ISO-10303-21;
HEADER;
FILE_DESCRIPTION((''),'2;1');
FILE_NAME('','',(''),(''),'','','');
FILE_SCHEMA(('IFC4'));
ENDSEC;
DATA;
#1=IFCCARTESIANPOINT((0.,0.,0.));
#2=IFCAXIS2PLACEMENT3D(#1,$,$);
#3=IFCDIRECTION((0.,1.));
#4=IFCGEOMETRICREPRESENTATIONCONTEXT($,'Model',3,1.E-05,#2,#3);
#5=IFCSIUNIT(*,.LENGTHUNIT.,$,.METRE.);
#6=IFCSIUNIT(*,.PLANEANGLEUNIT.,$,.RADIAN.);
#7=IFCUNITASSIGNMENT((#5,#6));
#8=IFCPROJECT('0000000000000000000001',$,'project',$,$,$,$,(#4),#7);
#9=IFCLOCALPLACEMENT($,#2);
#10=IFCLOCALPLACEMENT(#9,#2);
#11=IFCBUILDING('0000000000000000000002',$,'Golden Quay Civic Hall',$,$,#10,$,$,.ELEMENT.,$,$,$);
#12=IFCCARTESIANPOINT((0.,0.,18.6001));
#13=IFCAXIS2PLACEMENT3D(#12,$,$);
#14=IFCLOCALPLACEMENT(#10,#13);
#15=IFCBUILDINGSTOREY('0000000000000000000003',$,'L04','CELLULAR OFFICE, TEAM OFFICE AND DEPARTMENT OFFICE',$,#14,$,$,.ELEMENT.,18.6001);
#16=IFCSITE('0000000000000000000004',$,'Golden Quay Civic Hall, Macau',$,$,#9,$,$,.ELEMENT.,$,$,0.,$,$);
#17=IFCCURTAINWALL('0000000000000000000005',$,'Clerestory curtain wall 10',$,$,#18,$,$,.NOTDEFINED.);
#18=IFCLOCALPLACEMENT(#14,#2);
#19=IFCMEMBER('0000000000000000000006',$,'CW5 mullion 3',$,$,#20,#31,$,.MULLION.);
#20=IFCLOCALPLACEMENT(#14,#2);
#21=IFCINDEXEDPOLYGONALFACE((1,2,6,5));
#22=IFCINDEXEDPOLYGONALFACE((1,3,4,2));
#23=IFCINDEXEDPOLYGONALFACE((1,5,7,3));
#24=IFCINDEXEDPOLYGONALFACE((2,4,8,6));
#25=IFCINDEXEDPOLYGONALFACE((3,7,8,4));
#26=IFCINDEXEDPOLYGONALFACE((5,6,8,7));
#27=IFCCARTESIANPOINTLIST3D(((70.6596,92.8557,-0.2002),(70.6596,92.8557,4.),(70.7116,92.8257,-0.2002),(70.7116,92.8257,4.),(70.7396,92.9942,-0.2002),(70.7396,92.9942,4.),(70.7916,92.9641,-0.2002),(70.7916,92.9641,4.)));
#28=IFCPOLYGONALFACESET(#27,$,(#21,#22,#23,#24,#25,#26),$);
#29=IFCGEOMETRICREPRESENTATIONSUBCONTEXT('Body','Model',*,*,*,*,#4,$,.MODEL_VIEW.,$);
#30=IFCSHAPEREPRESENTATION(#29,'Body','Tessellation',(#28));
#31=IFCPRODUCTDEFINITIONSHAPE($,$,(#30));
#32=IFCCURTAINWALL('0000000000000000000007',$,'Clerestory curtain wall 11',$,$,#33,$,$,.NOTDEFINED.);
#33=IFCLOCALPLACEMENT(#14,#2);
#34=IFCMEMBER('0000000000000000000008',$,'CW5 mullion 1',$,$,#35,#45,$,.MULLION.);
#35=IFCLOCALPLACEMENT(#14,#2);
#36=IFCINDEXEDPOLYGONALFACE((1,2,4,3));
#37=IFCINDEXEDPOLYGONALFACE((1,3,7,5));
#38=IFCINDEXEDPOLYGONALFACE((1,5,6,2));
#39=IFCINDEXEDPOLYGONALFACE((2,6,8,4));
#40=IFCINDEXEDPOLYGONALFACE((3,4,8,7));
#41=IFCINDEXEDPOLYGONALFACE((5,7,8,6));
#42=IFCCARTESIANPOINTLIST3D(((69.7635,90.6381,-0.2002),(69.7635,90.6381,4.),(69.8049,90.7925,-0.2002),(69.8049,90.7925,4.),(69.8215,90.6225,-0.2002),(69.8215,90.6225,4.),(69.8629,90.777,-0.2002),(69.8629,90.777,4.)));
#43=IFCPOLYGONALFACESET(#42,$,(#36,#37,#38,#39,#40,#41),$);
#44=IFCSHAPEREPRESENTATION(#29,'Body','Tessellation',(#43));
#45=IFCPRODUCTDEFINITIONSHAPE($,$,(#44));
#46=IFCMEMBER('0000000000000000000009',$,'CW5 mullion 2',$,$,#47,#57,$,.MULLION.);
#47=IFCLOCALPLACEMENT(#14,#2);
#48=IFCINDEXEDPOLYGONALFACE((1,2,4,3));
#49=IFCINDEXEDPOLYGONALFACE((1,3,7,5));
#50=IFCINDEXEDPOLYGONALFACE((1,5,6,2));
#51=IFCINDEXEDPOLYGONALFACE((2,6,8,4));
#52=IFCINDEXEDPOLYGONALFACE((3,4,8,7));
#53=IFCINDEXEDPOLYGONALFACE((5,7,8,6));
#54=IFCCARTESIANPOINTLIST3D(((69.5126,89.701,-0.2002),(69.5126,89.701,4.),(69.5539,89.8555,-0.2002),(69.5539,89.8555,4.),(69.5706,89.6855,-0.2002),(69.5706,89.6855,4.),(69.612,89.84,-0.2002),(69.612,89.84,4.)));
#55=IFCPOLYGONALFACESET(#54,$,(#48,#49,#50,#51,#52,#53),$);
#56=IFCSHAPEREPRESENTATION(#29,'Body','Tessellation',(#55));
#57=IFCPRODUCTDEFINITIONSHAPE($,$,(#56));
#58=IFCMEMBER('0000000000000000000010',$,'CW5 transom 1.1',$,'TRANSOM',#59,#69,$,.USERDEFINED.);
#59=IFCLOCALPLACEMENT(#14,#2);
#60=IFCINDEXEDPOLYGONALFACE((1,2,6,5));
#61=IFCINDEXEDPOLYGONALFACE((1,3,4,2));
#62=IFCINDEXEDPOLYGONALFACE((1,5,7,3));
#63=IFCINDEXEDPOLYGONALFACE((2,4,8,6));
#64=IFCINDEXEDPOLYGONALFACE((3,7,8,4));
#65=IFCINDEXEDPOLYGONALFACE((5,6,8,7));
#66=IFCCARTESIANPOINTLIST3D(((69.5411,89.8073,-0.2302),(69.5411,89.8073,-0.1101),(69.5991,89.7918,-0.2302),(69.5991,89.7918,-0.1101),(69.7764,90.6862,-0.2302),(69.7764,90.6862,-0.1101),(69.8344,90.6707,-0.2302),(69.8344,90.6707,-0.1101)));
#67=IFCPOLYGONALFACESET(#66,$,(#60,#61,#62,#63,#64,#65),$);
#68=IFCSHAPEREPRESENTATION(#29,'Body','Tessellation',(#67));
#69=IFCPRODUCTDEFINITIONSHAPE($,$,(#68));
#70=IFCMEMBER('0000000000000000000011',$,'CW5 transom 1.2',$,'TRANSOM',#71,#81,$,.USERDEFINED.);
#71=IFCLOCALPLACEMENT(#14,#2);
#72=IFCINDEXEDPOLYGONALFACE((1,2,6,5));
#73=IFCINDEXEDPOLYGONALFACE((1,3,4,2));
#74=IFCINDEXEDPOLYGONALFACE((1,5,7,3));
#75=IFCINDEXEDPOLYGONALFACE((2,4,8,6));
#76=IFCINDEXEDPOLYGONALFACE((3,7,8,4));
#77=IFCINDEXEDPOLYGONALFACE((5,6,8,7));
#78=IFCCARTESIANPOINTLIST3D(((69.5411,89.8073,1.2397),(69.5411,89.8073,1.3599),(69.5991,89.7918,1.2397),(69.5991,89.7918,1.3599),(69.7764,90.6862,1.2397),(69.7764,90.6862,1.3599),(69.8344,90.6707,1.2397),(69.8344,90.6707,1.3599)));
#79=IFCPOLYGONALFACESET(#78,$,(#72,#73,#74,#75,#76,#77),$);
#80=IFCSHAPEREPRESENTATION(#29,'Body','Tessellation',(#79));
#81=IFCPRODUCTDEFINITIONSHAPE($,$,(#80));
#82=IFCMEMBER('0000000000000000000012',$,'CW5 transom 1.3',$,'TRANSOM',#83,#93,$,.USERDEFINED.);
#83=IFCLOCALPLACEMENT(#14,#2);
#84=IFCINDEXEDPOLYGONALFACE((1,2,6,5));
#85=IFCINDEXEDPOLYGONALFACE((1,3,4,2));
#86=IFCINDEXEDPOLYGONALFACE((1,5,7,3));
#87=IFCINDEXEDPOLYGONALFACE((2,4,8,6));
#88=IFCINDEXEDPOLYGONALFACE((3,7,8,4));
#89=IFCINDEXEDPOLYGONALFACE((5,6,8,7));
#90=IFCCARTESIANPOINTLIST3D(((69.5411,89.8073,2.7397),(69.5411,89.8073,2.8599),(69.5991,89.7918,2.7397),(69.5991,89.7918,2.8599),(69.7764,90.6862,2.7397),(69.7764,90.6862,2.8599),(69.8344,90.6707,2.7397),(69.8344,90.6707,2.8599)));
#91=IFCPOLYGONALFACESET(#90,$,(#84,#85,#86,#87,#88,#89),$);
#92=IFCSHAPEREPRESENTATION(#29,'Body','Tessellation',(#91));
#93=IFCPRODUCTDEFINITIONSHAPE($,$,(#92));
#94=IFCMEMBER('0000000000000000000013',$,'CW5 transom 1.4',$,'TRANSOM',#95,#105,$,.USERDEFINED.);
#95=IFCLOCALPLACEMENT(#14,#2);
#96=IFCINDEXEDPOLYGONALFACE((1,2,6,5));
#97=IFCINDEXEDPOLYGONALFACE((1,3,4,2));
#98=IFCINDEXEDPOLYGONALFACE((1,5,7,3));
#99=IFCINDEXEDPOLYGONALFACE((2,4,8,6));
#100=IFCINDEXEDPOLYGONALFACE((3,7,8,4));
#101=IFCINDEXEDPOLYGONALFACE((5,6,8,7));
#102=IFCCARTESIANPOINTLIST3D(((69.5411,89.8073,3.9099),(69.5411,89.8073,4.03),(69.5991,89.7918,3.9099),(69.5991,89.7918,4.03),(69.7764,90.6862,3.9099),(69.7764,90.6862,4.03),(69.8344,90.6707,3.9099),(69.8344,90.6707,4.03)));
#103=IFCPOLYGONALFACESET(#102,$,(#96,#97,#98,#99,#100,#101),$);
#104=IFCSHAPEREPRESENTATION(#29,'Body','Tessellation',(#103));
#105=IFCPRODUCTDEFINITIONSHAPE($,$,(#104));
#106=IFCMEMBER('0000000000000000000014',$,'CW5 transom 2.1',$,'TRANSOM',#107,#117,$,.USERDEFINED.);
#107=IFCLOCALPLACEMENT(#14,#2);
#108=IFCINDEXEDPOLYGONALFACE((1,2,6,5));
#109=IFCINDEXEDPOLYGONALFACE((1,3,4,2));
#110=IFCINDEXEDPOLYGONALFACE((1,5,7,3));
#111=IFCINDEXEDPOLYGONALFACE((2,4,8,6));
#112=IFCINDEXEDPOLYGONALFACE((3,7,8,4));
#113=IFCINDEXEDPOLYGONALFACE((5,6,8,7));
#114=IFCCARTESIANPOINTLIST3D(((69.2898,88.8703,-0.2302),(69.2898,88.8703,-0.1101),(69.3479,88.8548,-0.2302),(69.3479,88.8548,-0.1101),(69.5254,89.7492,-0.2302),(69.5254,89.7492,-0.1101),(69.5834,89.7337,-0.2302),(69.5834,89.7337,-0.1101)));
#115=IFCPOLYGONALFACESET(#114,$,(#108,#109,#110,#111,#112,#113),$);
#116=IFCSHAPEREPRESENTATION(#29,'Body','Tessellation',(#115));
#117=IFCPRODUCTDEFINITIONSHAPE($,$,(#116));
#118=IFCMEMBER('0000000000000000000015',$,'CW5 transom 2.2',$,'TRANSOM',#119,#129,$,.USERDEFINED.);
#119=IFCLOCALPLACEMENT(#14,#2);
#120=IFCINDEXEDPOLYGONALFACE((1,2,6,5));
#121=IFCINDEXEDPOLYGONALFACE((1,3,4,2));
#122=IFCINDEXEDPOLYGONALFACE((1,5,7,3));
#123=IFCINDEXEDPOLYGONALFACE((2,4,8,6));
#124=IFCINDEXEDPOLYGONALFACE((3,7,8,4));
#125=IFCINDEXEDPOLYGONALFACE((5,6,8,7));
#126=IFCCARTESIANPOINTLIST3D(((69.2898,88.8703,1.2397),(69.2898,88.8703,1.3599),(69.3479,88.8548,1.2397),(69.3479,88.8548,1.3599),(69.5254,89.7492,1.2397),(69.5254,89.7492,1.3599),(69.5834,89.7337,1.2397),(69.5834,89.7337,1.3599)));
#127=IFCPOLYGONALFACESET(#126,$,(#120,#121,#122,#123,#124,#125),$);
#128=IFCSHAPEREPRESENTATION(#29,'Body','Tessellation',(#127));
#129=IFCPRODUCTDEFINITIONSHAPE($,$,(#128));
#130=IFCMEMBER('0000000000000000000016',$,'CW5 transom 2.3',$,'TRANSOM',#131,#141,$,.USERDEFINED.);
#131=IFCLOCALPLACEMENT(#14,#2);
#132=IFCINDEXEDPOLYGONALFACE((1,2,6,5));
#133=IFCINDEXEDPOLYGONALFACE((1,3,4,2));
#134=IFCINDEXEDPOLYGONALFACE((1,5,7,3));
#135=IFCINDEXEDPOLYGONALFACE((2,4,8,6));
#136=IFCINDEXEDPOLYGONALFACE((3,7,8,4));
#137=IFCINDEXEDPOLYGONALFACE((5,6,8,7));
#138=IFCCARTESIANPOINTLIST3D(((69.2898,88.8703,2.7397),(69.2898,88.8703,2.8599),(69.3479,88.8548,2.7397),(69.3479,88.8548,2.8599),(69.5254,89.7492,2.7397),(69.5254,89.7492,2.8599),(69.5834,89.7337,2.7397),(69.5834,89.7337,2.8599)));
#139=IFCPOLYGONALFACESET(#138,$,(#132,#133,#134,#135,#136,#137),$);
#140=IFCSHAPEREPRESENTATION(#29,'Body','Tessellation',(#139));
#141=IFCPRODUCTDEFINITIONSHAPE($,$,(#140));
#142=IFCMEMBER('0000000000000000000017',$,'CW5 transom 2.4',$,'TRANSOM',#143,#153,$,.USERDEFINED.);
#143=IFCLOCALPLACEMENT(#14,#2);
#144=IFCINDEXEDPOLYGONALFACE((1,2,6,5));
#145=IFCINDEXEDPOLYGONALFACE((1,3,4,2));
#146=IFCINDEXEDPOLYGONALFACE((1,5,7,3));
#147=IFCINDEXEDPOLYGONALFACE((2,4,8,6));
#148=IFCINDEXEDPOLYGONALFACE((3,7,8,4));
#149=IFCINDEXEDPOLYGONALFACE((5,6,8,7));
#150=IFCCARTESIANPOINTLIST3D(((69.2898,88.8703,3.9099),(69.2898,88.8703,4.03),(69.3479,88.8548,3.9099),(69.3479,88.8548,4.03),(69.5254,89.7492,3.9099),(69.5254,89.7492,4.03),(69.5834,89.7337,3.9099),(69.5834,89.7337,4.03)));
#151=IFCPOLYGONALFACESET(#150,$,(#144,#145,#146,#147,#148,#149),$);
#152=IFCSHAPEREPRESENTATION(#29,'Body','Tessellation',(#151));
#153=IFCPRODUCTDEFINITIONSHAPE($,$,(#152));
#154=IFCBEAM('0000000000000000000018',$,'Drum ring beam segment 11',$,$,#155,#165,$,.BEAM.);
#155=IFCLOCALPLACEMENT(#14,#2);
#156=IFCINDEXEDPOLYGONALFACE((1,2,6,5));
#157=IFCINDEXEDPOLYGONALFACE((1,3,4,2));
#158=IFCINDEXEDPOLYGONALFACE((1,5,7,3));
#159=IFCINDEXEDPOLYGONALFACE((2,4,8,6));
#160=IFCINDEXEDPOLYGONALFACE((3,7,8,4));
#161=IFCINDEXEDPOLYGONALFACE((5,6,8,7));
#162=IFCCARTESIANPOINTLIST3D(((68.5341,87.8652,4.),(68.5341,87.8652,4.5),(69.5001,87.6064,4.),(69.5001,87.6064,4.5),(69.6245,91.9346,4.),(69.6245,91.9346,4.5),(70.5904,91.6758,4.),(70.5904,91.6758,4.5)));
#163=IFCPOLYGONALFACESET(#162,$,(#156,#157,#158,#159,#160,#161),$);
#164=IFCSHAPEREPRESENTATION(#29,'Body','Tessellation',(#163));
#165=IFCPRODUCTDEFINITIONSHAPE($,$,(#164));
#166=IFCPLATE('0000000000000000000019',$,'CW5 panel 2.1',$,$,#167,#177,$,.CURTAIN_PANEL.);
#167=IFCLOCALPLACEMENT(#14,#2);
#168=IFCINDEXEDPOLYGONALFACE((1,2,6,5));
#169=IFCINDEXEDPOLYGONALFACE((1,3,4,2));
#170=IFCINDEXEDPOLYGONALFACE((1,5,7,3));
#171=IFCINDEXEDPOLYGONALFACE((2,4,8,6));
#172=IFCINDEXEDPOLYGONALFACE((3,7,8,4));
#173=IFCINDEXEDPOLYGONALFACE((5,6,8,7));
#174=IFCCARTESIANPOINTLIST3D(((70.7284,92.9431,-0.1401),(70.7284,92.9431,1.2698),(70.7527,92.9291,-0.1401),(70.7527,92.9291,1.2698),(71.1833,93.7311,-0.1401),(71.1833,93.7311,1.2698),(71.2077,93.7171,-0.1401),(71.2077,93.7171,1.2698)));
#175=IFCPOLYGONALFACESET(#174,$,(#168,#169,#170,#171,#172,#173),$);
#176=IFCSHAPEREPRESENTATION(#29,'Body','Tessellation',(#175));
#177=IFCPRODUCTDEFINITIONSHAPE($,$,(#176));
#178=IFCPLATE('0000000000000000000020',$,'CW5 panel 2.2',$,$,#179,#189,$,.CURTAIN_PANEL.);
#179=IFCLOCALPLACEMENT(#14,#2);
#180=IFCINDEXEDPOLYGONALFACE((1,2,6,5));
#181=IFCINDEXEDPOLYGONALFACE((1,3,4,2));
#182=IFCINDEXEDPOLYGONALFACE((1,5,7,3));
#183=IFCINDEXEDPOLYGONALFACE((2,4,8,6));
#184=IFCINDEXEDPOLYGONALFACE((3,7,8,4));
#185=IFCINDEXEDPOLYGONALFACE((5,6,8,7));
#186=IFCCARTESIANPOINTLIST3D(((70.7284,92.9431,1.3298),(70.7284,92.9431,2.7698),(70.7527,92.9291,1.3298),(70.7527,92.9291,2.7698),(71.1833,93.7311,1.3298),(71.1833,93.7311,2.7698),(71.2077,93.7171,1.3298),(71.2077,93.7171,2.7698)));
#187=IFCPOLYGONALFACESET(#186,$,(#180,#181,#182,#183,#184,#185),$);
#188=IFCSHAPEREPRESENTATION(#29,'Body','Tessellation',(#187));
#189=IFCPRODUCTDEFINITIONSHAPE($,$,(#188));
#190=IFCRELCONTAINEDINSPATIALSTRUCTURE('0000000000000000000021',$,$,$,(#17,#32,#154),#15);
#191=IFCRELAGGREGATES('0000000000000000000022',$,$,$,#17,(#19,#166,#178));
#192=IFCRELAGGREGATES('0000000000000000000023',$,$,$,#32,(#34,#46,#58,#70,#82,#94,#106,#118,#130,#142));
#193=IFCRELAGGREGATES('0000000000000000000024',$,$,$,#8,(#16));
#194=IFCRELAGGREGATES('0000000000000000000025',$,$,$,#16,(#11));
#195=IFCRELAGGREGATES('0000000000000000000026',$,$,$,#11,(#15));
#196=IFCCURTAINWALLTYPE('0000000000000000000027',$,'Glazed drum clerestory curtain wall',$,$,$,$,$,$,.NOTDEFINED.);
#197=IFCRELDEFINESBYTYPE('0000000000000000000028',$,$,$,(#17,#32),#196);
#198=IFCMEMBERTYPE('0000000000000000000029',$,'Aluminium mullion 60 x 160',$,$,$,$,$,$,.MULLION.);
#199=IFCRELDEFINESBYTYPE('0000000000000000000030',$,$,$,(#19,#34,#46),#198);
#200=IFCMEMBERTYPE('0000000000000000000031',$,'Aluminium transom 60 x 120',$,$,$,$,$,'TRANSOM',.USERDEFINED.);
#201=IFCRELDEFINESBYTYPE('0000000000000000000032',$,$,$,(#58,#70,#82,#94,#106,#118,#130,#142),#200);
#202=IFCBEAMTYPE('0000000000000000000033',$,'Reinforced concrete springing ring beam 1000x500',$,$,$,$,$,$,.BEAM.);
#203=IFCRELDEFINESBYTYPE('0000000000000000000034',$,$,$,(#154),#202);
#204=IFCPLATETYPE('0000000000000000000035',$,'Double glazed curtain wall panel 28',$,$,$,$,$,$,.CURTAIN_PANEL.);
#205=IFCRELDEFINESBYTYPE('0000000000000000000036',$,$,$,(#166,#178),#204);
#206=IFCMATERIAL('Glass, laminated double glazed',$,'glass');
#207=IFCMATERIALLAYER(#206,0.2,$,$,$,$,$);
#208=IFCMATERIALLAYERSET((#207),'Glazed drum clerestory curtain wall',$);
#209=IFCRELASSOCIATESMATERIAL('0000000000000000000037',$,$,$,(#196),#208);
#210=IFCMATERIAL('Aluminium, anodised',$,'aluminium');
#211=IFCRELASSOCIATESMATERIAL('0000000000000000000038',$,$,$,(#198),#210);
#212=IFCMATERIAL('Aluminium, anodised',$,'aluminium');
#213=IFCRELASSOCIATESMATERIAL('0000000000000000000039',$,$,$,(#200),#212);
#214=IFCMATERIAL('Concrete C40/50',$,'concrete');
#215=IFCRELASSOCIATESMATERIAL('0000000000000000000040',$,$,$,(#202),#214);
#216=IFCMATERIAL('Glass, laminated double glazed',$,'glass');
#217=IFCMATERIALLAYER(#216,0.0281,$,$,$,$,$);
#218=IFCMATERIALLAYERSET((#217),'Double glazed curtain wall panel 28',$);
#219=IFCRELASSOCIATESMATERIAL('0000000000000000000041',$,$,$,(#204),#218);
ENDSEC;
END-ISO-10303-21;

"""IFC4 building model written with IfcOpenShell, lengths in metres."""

from ifc_helpers import new_model, si_unit, direction, frame, origin, origin_2d, place, context, subcontext, project, spatial, rectangle, extrude, material, layer, layer_set, material_profile, profile_set, type_object, element, aggregate, save


model = new_model("IFC4")

# Units and contexts
model_context = context("Model", 3, precision=1e-05, world=origin(), true_north=direction((0.0, 1.0)))
body_context = subcontext(model_context, "Body", "Model", "MODEL_VIEW")
ifc_project = project(units=[si_unit("LENGTHUNIT", "METRE"), si_unit("PLANEANGLEUNIT", "RADIAN")], contexts=[model_context])

# Site, building, storey
site_placement = place(None, origin())
site = spatial("IfcSite", under=ifc_project, at=site_placement, Name="Golden Quay Civic Hall, Macau", CompositionType="ELEMENT", RefElevation=0.0)
building_placement = place(site_placement, origin())
building = spatial("IfcBuilding", under=site, at=building_placement, Name="Golden Quay Civic Hall", CompositionType="ELEMENT")
storey_placement = place(building_placement, frame((0.0, 0.0, 18.6001)))
storey = spatial("IfcBuildingStorey", under=building, at=storey_placement, Name="L04", Description="CELLULAR OFFICE, TEAM OFFICE AND DEPARTMENT OFFICE", CompositionType="ELEMENT", Elevation=18.6001)

# Curtain wall, member
ifc_material_1 = material(Name="Glass, laminated double glazed", Category="glass")
ifc_layer_1 = layer(ifc_material_1, 0.2)
ifc_layer_set_1 = layer_set([ifc_layer_1], Name="Glazed drum clerestory curtain wall")
curtain_wall_type = type_object("IfcCurtainWallType", Name="Glazed drum clerestory curtain wall", PredefinedType="NOTDEFINED", material=ifc_layer_set_1)
curtain_wall_1_placement = place(storey_placement, origin())
curtain_wall_1 = element("IfcCurtainWall", 1, at=curtain_wall_1_placement, inside=storey, type_object=curtain_wall_type, Name="Clerestory curtain wall 10", PredefinedType="NOTDEFINED")
ifc_material_2 = material(Name="Aluminium, anodised", Category="aluminium")
ifc_material_profile_1 = material_profile(ifc_material_2, rectangle(XDim=0.0601, YDim=0.1599, at=origin_2d()), Name="Aluminium 60 x 160")
ifc_profile_set_1 = profile_set([ifc_material_profile_1], Name="Aluminium, anodised")
member_type_1 = type_object("IfcMemberType", Name="Aluminium mullion 60 x 160", PredefinedType="MULLION", material=ifc_profile_set_1)
member_1_placement = place(storey_placement, frame((70.7256, 92.9099, -0.2002), z_axis=(0.0, 0.0, 1.0), x_axis=(0.866019, -0.500011, 0.0)))
member_1 = element("IfcMember", 2, at=member_1_placement, type_object=member_type_1, Name="CW5 mullion 3", PredefinedType="MULLION", context=body_context, shape_type="SweptSolid", body=[
    extrude(rectangle(XDim=0.0601, YDim=0.1599, at=origin_2d()), origin(), (0.0, 0.0, 1.0), 4.2002),
])

# Curtain wall, members
curtain_wall_2_placement = place(storey_placement, origin())
curtain_wall_2 = element("IfcCurtainWall", 3, at=curtain_wall_2_placement, inside=storey, type_object=curtain_wall_type, Name="Clerestory curtain wall 11", PredefinedType="NOTDEFINED")
member_2_placement = place(storey_placement, frame((69.8132, 90.7075, -0.2002), z_axis=(0.0, 0.0, 1.0), x_axis=(0.965929, -0.258808, 0.0)))
member_2 = element("IfcMember", 4, at=member_2_placement, type_object=member_type_1, Name="CW5 mullion 1", PredefinedType="MULLION", context=body_context, shape_type="SweptSolid", body=[
    extrude(rectangle(XDim=0.0601, YDim=0.1599, at=origin_2d()), origin(), (0.0, 0.0, 1.0), 4.2002),
])
member_3_placement = place(storey_placement, frame((69.5623, 89.7705, -0.2002), z_axis=(0.0, 0.0, 1.0), x_axis=(0.965929, -0.258808, 0.0)))
member_3 = element("IfcMember", 5, at=member_3_placement, type_object=member_type_1, Name="CW5 mullion 2", PredefinedType="MULLION", context=body_context, shape_type="SweptSolid", body=[
    extrude(rectangle(XDim=0.0601, YDim=0.1599, at=origin_2d()), origin(), (0.0, 0.0, 1.0), 4.2002),
])
ifc_material_3 = material(Name="Aluminium, anodised", Category="aluminium")
ifc_material_profile_2 = material_profile(ifc_material_3, rectangle(XDim=0.0601, YDim=0.1201, at=origin_2d()), Name="Aluminium 60 x 120")
ifc_profile_set_2 = profile_set([ifc_material_profile_2], Name="Aluminium, anodised")
member_type_2 = type_object("IfcMemberType", Name="Aluminium transom 60 x 120", ElementType="TRANSOM", PredefinedType="USERDEFINED", material=ifc_profile_set_2)
member_4_placement = place(storey_placement, frame((69.8054, 90.6785, -0.1702), z_axis=(-0.258665, -0.965967, 0.0), x_axis=(0.965967, -0.258665, 0.0)))
member_4 = element("IfcMember", 6, at=member_4_placement, type_object=member_type_2, Name="CW5 transom 1.1", ObjectType="TRANSOM", PredefinedType="USERDEFINED", context=body_context, shape_type="SweptSolid", body=[
    extrude(rectangle(XDim=0.0601, YDim=0.1201, at=origin_2d()), origin(), (0.0, 0.0, 1.0), 0.9099),
])
member_5_placement = place(storey_placement, frame((69.8054, 90.6785, 1.2998), z_axis=(-0.258665, -0.965967, 0.0), x_axis=(0.965967, -0.258665, 0.0)))
member_5 = element("IfcMember", 7, at=member_5_placement, type_object=member_type_2, Name="CW5 transom 1.2", ObjectType="TRANSOM", PredefinedType="USERDEFINED", context=body_context, shape_type="SweptSolid", body=[
    extrude(rectangle(XDim=0.0601, YDim=0.1201, at=origin_2d()), origin(), (0.0, 0.0, 1.0), 0.9099),
])
member_6_placement = place(storey_placement, frame((69.8054, 90.6785, 2.7998), z_axis=(-0.258665, -0.965967, 0.0), x_axis=(0.965967, -0.258665, 0.0)))
member_6 = element("IfcMember", 8, at=member_6_placement, type_object=member_type_2, Name="CW5 transom 1.3", ObjectType="TRANSOM", PredefinedType="USERDEFINED", context=body_context, shape_type="SweptSolid", body=[
    extrude(rectangle(XDim=0.0601, YDim=0.1201, at=origin_2d()), origin(), (0.0, 0.0, 1.0), 0.9099),
])
member_7_placement = place(storey_placement, frame((69.8054, 90.6785, 3.97), z_axis=(-0.258665, -0.965967, 0.0), x_axis=(0.965967, -0.258665, 0.0)))
member_7 = element("IfcMember", 9, at=member_7_placement, type_object=member_type_2, Name="CW5 transom 1.4", ObjectType="TRANSOM", PredefinedType="USERDEFINED", context=body_context, shape_type="SweptSolid", body=[
    extrude(rectangle(XDim=0.0601, YDim=0.1201, at=origin_2d()), origin(), (0.0, 0.0, 1.0), 0.9099),
])
member_8_placement = place(storey_placement, frame((69.5544, 89.7415, -0.1702), z_axis=(-0.258915, -0.9659, 0.0), x_axis=(0.9659, -0.258915, 0.0)))
member_8 = element("IfcMember", 10, at=member_8_placement, type_object=member_type_2, Name="CW5 transom 2.1", ObjectType="TRANSOM", PredefinedType="USERDEFINED", context=body_context, shape_type="SweptSolid", body=[
    extrude(rectangle(XDim=0.0601, YDim=0.1201, at=origin_2d()), origin(), (0.0, 0.0, 1.0), 0.9099),
])
member_9_placement = place(storey_placement, frame((69.5544, 89.7415, 1.2998), z_axis=(-0.258915, -0.9659, 0.0), x_axis=(0.9659, -0.258915, 0.0)))
member_9 = element("IfcMember", 11, at=member_9_placement, type_object=member_type_2, Name="CW5 transom 2.2", ObjectType="TRANSOM", PredefinedType="USERDEFINED", context=body_context, shape_type="SweptSolid", body=[
    extrude(rectangle(XDim=0.0601, YDim=0.1201, at=origin_2d()), origin(), (0.0, 0.0, 1.0), 0.9099),
])
member_10_placement = place(storey_placement, frame((69.5544, 89.7415, 2.7998), z_axis=(-0.258915, -0.9659, 0.0), x_axis=(0.9659, -0.258915, 0.0)))
member_10 = element("IfcMember", 12, at=member_10_placement, type_object=member_type_2, Name="CW5 transom 2.3", ObjectType="TRANSOM", PredefinedType="USERDEFINED", context=body_context, shape_type="SweptSolid", body=[
    extrude(rectangle(XDim=0.0601, YDim=0.1201, at=origin_2d()), origin(), (0.0, 0.0, 1.0), 0.9099),
])
member_11_placement = place(storey_placement, frame((69.5544, 89.7415, 3.97), z_axis=(-0.258915, -0.9659, 0.0), x_axis=(0.9659, -0.258915, 0.0)))
member_11 = element("IfcMember", 13, at=member_11_placement, type_object=member_type_2, Name="CW5 transom 2.4", ObjectType="TRANSOM", PredefinedType="USERDEFINED", context=body_context, shape_type="SweptSolid", body=[
    extrude(rectangle(XDim=0.0601, YDim=0.1201, at=origin_2d()), origin(), (0.0, 0.0, 1.0), 0.9099),
])

# Beam
ifc_material_4 = material(Name="Concrete C40/50", Category="concrete")
ifc_material_profile_3 = material_profile(ifc_material_4, rectangle(XDim=1.0, YDim=0.5, at=origin_2d()), Name="RC 1000x500")
ifc_profile_set_3 = profile_set([ifc_material_profile_3], Name="Concrete C40/50")
beam_type = type_object("IfcBeamType", Name="Reinforced concrete springing ring beam 1000x500", PredefinedType="BEAM", material=ifc_profile_set_3)
beam_placement = place(storey_placement, frame((70.1074, 91.8052, 4.25), z_axis=(-0.258809, -0.965928, 0.0), x_axis=(0.965928, -0.258809, 0.0)))
element("IfcBeam", 14, at=beam_placement, inside=storey, type_object=beam_type, Name="Drum ring beam segment 11", PredefinedType="BEAM", context=body_context, shape_type="SweptSolid", body=[
    extrude(rectangle(XDim=1.0, YDim=0.5, at=origin_2d()), origin(), (0.0, 0.0, 1.0), 4.2129),
])

# Plates
ifc_material_5 = material(Name="Glass, laminated double glazed", Category="glass")
ifc_layer_2 = layer(ifc_material_5, 0.0281)
ifc_layer_set_2 = layer_set([ifc_layer_2], Name="Double glazed curtain wall panel 28")
plate_type = type_object("IfcPlateType", Name="Double glazed curtain wall panel 28", PredefinedType="CURTAIN_PANEL", material=ifc_layer_set_2)
plate_1_placement = place(storey_placement, frame((70.968, 93.3301, -0.1401), z_axis=(0.0, 0.0, 1.0), x_axis=(-0.500011, -0.866019, 0.0)))
plate_1 = element("IfcPlate", 15, at=plate_1_placement, type_object=plate_type, Name="CW5 panel 2.1", PredefinedType="CURTAIN_PANEL", context=body_context, shape_type="SweptSolid", body=[
    extrude(rectangle(XDim=0.9099, YDim=0.0281, at=origin_2d()), origin(), (0.0, 0.0, 1.0), 1.4099),
])
plate_2_placement = place(storey_placement, frame((70.968, 93.3301, 1.3298), z_axis=(0.0, 0.0, 1.0), x_axis=(-0.500011, -0.866019, 0.0)))
plate_2 = element("IfcPlate", 16, at=plate_2_placement, type_object=plate_type, Name="CW5 panel 2.2", PredefinedType="CURTAIN_PANEL", context=body_context, shape_type="SweptSolid", body=[
    extrude(rectangle(XDim=0.9099, YDim=0.0281, at=origin_2d()), origin(), (0.0, 0.0, 1.0), 1.4399),
])
aggregate(curtain_wall_1, [member_1, plate_1, plate_2])
aggregate(curtain_wall_2, [member_2, member_3, member_4, member_5, member_6, member_7, member_8, member_9, member_10, member_11])

save(model, "model.ifc")
